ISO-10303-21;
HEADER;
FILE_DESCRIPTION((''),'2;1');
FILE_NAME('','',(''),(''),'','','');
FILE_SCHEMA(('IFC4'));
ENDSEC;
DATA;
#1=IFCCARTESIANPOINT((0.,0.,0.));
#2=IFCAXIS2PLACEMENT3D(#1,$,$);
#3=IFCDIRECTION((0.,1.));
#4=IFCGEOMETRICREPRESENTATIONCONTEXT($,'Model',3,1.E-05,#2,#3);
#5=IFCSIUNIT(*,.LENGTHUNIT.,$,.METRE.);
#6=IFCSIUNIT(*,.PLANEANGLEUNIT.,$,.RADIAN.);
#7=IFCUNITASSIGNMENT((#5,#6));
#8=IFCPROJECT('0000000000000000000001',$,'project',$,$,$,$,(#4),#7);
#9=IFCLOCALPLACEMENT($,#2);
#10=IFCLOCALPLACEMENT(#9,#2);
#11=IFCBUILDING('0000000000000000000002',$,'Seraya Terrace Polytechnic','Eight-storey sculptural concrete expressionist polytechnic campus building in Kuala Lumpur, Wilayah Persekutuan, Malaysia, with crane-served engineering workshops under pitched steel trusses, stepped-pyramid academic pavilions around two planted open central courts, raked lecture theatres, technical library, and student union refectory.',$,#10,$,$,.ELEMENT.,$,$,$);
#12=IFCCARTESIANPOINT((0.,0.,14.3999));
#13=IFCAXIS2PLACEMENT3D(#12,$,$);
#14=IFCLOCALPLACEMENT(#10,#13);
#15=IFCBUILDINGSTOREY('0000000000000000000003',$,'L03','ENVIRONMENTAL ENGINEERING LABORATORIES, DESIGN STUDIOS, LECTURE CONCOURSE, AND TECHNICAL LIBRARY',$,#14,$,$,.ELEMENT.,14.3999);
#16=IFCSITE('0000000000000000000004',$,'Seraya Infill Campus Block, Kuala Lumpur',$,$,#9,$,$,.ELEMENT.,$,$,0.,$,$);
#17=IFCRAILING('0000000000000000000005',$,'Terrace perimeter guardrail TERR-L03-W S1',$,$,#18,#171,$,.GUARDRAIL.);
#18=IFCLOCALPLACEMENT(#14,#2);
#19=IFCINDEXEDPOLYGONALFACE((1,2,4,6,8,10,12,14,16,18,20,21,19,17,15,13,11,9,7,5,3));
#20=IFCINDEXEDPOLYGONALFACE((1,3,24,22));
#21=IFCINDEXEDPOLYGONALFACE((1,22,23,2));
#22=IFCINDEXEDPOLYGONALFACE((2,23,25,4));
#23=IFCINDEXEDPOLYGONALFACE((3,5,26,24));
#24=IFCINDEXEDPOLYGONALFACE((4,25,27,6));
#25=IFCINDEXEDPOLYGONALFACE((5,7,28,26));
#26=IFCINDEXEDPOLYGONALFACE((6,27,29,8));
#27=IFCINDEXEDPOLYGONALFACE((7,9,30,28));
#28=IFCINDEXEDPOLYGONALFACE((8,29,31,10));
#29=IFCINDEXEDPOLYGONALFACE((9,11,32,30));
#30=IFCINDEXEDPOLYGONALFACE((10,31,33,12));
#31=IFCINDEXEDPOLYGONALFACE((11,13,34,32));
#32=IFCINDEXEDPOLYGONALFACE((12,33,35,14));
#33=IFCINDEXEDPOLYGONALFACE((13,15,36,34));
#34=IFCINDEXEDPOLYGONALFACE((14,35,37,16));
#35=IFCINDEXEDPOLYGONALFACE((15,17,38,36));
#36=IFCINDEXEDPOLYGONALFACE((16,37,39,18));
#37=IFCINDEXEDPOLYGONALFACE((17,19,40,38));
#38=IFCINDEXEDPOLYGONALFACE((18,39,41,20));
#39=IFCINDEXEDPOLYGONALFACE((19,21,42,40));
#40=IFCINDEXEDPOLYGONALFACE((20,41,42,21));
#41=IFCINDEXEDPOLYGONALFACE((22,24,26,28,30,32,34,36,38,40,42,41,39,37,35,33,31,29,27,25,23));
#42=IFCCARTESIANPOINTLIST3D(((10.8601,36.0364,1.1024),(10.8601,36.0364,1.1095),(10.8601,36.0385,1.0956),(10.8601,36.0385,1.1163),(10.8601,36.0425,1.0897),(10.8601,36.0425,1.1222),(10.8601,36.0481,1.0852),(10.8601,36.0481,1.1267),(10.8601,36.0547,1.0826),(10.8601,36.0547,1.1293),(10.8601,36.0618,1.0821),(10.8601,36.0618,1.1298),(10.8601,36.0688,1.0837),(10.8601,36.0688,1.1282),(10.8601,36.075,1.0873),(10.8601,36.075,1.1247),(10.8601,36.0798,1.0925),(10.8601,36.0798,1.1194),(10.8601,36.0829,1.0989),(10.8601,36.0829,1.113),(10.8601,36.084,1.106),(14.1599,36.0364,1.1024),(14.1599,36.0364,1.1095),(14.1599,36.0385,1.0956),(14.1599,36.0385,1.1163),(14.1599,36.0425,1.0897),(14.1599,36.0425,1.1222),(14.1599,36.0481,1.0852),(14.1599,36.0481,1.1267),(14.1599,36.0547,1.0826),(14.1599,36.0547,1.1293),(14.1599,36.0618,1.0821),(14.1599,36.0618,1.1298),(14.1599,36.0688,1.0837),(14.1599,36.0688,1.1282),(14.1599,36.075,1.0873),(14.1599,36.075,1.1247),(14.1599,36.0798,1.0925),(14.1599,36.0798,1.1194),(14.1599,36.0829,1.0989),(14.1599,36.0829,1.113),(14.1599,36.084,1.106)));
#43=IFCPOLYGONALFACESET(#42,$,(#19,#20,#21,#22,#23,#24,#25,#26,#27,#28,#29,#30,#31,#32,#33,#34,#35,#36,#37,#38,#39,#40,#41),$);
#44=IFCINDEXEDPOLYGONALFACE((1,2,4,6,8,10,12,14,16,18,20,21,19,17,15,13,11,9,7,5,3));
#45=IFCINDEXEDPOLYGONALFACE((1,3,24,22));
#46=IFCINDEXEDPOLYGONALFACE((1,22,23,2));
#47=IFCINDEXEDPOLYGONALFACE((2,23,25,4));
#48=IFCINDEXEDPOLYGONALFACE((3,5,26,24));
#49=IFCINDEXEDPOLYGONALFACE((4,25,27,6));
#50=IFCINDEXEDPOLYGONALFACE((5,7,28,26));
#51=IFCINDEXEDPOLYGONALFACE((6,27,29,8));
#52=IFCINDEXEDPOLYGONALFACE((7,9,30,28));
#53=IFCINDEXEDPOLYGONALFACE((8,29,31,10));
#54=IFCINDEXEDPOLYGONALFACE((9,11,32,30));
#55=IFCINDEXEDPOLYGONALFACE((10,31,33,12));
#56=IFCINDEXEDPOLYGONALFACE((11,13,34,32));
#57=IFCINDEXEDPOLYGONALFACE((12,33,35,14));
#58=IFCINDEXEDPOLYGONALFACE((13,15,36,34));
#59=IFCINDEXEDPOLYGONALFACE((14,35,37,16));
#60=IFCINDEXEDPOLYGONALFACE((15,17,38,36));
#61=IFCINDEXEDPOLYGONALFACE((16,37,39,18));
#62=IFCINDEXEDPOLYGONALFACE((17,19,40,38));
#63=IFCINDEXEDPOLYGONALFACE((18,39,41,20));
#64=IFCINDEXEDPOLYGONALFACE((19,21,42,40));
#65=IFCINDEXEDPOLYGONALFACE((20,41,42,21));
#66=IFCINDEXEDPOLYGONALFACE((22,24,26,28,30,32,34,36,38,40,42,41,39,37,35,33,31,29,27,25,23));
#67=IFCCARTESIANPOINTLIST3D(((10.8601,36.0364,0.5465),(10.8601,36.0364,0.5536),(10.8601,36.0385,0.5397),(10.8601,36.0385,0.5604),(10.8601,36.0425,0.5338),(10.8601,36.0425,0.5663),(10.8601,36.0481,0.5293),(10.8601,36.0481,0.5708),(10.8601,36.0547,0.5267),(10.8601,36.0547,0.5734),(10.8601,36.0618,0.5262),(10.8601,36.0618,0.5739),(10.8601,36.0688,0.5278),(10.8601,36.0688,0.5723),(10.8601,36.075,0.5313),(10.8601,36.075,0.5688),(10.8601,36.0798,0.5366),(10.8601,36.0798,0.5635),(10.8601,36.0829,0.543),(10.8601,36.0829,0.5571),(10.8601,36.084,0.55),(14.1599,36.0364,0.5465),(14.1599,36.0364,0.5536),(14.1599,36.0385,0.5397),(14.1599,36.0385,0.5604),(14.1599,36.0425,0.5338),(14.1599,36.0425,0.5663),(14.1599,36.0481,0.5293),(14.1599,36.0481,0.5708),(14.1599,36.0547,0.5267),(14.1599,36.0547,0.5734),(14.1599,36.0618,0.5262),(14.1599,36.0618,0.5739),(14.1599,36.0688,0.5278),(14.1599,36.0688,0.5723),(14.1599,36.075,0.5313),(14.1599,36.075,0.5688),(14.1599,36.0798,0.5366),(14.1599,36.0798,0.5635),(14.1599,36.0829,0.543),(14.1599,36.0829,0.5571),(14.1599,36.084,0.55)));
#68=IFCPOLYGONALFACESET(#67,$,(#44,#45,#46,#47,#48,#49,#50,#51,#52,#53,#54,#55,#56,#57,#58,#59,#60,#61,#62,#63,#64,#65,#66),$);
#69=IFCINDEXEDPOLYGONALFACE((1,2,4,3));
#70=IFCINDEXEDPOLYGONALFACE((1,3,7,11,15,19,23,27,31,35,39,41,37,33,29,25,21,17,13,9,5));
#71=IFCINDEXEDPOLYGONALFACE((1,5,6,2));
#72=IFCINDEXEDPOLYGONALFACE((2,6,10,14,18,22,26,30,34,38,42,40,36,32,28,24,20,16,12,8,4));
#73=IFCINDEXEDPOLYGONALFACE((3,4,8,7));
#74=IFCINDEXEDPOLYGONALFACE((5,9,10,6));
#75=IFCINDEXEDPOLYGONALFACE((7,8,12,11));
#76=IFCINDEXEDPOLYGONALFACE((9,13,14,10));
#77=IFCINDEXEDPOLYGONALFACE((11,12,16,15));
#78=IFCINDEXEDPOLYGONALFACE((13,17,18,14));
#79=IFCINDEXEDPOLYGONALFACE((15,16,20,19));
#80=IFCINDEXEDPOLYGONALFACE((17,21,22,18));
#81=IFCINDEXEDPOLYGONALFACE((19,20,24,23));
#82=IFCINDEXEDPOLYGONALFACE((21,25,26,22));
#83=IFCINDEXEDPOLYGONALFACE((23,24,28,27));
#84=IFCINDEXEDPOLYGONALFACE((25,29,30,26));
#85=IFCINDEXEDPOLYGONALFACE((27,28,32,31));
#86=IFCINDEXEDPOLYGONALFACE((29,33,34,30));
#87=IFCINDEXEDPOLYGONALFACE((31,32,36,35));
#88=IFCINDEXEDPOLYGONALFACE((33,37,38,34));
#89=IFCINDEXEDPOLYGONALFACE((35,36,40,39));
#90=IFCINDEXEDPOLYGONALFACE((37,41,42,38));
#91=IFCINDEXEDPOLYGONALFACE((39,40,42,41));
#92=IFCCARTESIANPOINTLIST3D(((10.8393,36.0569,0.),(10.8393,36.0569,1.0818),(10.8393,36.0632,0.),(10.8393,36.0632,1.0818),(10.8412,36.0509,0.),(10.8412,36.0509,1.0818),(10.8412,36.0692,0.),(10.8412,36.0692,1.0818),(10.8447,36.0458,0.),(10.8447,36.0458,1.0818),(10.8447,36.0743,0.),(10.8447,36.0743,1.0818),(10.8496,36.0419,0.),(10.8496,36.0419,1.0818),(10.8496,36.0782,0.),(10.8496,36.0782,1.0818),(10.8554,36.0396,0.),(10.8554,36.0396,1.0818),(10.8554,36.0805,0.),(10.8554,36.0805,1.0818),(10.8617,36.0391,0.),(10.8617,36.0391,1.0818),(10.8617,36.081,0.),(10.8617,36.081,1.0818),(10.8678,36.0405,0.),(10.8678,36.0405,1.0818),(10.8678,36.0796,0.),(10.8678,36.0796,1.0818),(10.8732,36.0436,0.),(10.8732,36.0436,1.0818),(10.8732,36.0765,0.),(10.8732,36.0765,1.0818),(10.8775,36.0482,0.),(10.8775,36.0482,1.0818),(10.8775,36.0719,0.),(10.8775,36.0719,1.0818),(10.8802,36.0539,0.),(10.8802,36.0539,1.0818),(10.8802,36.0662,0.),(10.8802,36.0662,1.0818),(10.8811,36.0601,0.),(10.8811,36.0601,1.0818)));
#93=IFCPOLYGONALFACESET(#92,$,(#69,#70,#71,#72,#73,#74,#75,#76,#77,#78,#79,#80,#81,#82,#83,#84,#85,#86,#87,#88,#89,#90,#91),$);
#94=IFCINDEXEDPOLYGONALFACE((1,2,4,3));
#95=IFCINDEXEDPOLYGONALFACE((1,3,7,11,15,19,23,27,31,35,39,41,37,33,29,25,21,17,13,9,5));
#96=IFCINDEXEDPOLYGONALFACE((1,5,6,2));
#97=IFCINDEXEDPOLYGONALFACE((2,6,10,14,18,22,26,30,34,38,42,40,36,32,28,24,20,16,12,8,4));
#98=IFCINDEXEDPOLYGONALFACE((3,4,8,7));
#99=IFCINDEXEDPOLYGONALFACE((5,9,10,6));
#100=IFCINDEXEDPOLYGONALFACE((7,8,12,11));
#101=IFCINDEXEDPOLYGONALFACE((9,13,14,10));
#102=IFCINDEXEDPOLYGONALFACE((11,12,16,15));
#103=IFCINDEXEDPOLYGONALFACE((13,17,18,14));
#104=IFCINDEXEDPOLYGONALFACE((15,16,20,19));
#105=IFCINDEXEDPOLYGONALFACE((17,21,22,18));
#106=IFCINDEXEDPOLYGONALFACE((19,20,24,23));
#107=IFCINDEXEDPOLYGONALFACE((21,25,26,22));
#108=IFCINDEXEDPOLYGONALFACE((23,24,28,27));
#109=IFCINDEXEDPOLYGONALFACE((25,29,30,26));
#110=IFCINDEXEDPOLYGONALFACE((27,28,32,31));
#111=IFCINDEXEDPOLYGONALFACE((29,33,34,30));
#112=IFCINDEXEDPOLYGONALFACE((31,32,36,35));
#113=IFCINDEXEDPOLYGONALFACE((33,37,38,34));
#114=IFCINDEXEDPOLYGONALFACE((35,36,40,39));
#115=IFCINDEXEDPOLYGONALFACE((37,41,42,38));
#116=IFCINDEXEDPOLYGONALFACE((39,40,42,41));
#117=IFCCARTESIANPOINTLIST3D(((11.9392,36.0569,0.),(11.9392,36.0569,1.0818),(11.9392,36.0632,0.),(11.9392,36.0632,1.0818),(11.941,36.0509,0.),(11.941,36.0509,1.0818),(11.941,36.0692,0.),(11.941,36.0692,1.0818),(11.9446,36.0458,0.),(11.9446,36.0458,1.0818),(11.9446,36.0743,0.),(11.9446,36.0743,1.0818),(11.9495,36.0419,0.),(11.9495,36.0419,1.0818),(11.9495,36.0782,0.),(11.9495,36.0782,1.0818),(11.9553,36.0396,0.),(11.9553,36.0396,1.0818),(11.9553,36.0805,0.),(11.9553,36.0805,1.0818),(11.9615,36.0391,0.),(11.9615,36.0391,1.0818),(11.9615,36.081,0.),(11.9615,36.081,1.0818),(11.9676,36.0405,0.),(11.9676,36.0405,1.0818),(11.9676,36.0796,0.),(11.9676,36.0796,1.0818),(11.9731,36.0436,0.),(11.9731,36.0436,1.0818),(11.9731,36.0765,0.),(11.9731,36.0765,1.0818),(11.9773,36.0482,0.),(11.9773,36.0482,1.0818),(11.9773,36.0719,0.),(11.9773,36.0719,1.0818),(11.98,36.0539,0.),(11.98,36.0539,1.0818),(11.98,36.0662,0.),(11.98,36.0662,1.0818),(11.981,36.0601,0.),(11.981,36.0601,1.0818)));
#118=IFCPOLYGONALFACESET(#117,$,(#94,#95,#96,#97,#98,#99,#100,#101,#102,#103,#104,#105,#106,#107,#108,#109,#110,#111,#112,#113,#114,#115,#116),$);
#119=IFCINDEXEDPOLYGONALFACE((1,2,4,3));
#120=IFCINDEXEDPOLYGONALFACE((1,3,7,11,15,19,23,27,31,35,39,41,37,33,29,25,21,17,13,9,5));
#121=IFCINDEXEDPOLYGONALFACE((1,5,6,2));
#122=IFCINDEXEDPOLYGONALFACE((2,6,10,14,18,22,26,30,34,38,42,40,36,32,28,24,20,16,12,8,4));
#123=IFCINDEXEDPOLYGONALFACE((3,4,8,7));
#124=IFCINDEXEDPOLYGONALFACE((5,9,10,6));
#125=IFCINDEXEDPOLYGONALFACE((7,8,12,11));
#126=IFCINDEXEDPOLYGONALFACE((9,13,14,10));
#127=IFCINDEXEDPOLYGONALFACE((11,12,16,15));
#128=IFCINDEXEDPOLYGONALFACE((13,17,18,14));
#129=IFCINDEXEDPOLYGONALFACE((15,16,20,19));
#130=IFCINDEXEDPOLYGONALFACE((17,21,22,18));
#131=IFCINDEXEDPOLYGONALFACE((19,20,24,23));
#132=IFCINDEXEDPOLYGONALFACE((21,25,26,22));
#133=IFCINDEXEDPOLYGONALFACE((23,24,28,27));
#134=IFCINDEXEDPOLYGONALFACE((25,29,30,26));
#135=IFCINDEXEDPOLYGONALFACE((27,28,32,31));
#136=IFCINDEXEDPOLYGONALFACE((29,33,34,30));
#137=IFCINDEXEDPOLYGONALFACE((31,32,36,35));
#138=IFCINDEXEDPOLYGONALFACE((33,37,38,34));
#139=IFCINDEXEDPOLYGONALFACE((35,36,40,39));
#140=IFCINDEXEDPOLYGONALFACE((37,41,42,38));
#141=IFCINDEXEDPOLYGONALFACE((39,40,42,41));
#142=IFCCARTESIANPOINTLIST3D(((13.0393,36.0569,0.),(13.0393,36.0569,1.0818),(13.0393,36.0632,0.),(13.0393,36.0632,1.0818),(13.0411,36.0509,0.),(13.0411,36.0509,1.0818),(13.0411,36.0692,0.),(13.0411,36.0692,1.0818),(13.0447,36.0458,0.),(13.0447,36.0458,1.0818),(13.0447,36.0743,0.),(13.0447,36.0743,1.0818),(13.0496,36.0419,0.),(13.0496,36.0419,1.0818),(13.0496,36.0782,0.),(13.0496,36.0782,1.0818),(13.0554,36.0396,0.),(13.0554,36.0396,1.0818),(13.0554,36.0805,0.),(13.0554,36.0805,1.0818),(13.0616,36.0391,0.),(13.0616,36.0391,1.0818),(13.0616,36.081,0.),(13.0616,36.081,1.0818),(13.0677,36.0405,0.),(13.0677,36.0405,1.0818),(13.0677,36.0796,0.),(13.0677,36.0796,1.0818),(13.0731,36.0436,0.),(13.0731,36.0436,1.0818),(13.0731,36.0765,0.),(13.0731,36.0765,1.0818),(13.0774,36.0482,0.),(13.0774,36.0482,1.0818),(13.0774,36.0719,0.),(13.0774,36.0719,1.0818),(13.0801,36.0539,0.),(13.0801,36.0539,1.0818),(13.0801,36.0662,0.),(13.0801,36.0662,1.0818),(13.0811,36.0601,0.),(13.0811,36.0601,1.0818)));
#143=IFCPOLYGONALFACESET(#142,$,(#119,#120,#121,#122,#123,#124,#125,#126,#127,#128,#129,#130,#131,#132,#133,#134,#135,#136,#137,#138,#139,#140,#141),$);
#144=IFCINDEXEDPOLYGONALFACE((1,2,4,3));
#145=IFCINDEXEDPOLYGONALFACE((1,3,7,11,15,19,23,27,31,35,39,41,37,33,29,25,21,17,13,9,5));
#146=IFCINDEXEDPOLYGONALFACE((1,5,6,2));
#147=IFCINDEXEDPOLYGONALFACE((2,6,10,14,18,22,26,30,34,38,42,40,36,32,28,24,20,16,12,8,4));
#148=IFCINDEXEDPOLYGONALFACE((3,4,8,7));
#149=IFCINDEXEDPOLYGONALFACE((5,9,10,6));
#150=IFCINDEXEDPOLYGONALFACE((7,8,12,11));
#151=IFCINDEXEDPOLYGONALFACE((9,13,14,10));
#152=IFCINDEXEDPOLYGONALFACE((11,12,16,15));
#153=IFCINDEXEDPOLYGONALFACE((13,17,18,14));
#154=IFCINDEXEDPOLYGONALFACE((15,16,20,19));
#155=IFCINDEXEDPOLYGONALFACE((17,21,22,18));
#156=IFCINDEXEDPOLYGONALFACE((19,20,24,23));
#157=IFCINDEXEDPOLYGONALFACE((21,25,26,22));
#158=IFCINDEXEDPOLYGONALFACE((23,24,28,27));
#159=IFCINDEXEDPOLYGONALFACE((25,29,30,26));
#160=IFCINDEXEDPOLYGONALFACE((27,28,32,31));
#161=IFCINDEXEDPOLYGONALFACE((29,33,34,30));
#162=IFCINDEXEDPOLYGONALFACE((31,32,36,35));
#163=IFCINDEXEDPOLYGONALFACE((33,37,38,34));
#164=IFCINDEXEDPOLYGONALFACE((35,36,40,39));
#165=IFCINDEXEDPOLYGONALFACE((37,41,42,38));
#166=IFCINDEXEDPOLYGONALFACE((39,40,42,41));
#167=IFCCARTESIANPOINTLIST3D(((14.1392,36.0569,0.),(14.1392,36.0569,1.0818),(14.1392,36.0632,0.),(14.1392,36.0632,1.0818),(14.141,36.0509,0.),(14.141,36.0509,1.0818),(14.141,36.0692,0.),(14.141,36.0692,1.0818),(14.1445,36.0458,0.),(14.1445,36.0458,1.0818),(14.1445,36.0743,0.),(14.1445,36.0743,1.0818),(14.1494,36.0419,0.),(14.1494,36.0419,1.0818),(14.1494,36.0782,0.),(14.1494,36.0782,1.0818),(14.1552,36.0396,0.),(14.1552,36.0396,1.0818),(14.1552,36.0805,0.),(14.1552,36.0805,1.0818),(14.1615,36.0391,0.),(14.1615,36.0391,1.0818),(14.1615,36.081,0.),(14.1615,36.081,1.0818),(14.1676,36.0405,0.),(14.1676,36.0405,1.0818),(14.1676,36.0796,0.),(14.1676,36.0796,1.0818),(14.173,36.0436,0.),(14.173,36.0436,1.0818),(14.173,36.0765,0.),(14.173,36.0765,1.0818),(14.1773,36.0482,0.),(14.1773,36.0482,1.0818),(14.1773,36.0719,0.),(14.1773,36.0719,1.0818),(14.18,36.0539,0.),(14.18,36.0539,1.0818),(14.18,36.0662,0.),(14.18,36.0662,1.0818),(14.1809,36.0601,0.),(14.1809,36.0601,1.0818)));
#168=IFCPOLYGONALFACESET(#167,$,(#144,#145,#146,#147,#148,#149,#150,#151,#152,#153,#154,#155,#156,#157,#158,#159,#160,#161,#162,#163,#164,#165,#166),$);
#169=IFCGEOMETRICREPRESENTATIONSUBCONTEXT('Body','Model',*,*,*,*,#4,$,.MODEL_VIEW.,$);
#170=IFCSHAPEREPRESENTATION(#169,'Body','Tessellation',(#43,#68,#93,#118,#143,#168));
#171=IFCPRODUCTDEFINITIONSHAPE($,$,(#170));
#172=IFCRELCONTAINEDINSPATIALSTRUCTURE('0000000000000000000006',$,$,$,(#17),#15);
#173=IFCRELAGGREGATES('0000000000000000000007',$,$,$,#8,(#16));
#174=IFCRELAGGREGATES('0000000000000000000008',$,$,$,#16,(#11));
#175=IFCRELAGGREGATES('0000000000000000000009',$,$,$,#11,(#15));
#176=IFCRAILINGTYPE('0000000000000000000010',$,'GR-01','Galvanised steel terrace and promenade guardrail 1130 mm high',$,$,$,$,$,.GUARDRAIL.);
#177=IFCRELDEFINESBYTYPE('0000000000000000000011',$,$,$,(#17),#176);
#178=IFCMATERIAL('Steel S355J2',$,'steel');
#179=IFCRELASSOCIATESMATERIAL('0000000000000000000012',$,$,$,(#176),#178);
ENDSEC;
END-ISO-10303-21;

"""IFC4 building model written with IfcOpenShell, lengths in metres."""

from ifc_helpers import new_model, si_unit, direction, frame, origin, origin_2d, place, context, subcontext, project, spatial, circle, extrude, material, type_object, element, save


model = new_model("IFC4")

# Units and contexts
model_context = context("Model", 3, precision=1e-05, world=origin(), true_north=direction((0.0, 1.0)))
body_context = subcontext(model_context, "Body", "Model", "MODEL_VIEW")
ifc_project = project(units=[si_unit("LENGTHUNIT", "METRE"), si_unit("PLANEANGLEUNIT", "RADIAN")], contexts=[model_context])

# Site, building, storey
site_placement = place(None, origin())
site = spatial("IfcSite", under=ifc_project, at=site_placement, Name="Seraya Infill Campus Block, Kuala Lumpur", CompositionType="ELEMENT", RefElevation=0.0)
building_placement = place(site_placement, origin())
building = spatial("IfcBuilding", under=site, at=building_placement, Name="Seraya Terrace Polytechnic", Description="Eight-storey sculptural concrete expressionist polytechnic campus building in Kuala Lumpur, Wilayah Persekutuan, Malaysia, with crane-served engineering workshops under pitched steel trusses, stepped-pyramid academic pavilions around two planted open central courts, raked lecture theatres, technical library, and student union refectory.", CompositionType="ELEMENT")
storey_placement = place(building_placement, frame((0.0, 0.0, 14.3999)))
storey = spatial("IfcBuildingStorey", under=building, at=storey_placement, Name="L03", Description="ENVIRONMENTAL ENGINEERING LABORATORIES, DESIGN STUDIOS, LECTURE CONCOURSE, AND TECHNICAL LIBRARY", CompositionType="ELEMENT", Elevation=14.3999)

# Railing
ifc_material_1 = material(Name="Steel S355J2", Category="steel")
railing_type = type_object("IfcRailingType", Name="GR-01", Description="Galvanised steel terrace and promenade guardrail 1130 mm high", PredefinedType="GUARDRAIL", material=ifc_material_1)
railing_placement = place(storey_placement, frame((10.8601, 36.0601, 0.0)))
element("IfcRailing", 1, at=railing_placement, inside=storey, type_object=railing_type, Name="Terrace perimeter guardrail TERR-L03-W S1", PredefinedType="GUARDRAIL", context=body_context, shape_type="SweptSolid", body=[
    extrude(circle(Radius=0.0239, at=origin_2d()), frame((0.0, 0.0, 1.106), z_axis=(1.0, 0.0, 0.0), x_axis=(0.0, 1.0, 0.0)), (0.0, 0.0, 1.0), 3.2998),
    extrude(circle(Radius=0.0239, at=origin_2d()), frame((0.0, 0.0, 0.55), z_axis=(1.0, 0.0, 0.0), x_axis=(0.0, 1.0, 0.0)), (0.0, 0.0, 1.0), 3.2998),
    extrude(circle(Radius=0.021, at=origin_2d()), origin(), (0.0, 0.0, 1.0), 1.0818),
    extrude(circle(Radius=0.021, at=origin_2d()), frame((1.0999, 0.0, 0.0)), (0.0, 0.0, 1.0), 1.0818),
    extrude(circle(Radius=0.021, at=origin_2d()), frame((2.2, 0.0, 0.0)), (0.0, 0.0, 1.0), 1.0818),
    extrude(circle(Radius=0.021, at=origin_2d()), frame((3.2998, 0.0, 0.0)), (0.0, 0.0, 1.0), 1.0818),
])

save(model, "model.ifc")
